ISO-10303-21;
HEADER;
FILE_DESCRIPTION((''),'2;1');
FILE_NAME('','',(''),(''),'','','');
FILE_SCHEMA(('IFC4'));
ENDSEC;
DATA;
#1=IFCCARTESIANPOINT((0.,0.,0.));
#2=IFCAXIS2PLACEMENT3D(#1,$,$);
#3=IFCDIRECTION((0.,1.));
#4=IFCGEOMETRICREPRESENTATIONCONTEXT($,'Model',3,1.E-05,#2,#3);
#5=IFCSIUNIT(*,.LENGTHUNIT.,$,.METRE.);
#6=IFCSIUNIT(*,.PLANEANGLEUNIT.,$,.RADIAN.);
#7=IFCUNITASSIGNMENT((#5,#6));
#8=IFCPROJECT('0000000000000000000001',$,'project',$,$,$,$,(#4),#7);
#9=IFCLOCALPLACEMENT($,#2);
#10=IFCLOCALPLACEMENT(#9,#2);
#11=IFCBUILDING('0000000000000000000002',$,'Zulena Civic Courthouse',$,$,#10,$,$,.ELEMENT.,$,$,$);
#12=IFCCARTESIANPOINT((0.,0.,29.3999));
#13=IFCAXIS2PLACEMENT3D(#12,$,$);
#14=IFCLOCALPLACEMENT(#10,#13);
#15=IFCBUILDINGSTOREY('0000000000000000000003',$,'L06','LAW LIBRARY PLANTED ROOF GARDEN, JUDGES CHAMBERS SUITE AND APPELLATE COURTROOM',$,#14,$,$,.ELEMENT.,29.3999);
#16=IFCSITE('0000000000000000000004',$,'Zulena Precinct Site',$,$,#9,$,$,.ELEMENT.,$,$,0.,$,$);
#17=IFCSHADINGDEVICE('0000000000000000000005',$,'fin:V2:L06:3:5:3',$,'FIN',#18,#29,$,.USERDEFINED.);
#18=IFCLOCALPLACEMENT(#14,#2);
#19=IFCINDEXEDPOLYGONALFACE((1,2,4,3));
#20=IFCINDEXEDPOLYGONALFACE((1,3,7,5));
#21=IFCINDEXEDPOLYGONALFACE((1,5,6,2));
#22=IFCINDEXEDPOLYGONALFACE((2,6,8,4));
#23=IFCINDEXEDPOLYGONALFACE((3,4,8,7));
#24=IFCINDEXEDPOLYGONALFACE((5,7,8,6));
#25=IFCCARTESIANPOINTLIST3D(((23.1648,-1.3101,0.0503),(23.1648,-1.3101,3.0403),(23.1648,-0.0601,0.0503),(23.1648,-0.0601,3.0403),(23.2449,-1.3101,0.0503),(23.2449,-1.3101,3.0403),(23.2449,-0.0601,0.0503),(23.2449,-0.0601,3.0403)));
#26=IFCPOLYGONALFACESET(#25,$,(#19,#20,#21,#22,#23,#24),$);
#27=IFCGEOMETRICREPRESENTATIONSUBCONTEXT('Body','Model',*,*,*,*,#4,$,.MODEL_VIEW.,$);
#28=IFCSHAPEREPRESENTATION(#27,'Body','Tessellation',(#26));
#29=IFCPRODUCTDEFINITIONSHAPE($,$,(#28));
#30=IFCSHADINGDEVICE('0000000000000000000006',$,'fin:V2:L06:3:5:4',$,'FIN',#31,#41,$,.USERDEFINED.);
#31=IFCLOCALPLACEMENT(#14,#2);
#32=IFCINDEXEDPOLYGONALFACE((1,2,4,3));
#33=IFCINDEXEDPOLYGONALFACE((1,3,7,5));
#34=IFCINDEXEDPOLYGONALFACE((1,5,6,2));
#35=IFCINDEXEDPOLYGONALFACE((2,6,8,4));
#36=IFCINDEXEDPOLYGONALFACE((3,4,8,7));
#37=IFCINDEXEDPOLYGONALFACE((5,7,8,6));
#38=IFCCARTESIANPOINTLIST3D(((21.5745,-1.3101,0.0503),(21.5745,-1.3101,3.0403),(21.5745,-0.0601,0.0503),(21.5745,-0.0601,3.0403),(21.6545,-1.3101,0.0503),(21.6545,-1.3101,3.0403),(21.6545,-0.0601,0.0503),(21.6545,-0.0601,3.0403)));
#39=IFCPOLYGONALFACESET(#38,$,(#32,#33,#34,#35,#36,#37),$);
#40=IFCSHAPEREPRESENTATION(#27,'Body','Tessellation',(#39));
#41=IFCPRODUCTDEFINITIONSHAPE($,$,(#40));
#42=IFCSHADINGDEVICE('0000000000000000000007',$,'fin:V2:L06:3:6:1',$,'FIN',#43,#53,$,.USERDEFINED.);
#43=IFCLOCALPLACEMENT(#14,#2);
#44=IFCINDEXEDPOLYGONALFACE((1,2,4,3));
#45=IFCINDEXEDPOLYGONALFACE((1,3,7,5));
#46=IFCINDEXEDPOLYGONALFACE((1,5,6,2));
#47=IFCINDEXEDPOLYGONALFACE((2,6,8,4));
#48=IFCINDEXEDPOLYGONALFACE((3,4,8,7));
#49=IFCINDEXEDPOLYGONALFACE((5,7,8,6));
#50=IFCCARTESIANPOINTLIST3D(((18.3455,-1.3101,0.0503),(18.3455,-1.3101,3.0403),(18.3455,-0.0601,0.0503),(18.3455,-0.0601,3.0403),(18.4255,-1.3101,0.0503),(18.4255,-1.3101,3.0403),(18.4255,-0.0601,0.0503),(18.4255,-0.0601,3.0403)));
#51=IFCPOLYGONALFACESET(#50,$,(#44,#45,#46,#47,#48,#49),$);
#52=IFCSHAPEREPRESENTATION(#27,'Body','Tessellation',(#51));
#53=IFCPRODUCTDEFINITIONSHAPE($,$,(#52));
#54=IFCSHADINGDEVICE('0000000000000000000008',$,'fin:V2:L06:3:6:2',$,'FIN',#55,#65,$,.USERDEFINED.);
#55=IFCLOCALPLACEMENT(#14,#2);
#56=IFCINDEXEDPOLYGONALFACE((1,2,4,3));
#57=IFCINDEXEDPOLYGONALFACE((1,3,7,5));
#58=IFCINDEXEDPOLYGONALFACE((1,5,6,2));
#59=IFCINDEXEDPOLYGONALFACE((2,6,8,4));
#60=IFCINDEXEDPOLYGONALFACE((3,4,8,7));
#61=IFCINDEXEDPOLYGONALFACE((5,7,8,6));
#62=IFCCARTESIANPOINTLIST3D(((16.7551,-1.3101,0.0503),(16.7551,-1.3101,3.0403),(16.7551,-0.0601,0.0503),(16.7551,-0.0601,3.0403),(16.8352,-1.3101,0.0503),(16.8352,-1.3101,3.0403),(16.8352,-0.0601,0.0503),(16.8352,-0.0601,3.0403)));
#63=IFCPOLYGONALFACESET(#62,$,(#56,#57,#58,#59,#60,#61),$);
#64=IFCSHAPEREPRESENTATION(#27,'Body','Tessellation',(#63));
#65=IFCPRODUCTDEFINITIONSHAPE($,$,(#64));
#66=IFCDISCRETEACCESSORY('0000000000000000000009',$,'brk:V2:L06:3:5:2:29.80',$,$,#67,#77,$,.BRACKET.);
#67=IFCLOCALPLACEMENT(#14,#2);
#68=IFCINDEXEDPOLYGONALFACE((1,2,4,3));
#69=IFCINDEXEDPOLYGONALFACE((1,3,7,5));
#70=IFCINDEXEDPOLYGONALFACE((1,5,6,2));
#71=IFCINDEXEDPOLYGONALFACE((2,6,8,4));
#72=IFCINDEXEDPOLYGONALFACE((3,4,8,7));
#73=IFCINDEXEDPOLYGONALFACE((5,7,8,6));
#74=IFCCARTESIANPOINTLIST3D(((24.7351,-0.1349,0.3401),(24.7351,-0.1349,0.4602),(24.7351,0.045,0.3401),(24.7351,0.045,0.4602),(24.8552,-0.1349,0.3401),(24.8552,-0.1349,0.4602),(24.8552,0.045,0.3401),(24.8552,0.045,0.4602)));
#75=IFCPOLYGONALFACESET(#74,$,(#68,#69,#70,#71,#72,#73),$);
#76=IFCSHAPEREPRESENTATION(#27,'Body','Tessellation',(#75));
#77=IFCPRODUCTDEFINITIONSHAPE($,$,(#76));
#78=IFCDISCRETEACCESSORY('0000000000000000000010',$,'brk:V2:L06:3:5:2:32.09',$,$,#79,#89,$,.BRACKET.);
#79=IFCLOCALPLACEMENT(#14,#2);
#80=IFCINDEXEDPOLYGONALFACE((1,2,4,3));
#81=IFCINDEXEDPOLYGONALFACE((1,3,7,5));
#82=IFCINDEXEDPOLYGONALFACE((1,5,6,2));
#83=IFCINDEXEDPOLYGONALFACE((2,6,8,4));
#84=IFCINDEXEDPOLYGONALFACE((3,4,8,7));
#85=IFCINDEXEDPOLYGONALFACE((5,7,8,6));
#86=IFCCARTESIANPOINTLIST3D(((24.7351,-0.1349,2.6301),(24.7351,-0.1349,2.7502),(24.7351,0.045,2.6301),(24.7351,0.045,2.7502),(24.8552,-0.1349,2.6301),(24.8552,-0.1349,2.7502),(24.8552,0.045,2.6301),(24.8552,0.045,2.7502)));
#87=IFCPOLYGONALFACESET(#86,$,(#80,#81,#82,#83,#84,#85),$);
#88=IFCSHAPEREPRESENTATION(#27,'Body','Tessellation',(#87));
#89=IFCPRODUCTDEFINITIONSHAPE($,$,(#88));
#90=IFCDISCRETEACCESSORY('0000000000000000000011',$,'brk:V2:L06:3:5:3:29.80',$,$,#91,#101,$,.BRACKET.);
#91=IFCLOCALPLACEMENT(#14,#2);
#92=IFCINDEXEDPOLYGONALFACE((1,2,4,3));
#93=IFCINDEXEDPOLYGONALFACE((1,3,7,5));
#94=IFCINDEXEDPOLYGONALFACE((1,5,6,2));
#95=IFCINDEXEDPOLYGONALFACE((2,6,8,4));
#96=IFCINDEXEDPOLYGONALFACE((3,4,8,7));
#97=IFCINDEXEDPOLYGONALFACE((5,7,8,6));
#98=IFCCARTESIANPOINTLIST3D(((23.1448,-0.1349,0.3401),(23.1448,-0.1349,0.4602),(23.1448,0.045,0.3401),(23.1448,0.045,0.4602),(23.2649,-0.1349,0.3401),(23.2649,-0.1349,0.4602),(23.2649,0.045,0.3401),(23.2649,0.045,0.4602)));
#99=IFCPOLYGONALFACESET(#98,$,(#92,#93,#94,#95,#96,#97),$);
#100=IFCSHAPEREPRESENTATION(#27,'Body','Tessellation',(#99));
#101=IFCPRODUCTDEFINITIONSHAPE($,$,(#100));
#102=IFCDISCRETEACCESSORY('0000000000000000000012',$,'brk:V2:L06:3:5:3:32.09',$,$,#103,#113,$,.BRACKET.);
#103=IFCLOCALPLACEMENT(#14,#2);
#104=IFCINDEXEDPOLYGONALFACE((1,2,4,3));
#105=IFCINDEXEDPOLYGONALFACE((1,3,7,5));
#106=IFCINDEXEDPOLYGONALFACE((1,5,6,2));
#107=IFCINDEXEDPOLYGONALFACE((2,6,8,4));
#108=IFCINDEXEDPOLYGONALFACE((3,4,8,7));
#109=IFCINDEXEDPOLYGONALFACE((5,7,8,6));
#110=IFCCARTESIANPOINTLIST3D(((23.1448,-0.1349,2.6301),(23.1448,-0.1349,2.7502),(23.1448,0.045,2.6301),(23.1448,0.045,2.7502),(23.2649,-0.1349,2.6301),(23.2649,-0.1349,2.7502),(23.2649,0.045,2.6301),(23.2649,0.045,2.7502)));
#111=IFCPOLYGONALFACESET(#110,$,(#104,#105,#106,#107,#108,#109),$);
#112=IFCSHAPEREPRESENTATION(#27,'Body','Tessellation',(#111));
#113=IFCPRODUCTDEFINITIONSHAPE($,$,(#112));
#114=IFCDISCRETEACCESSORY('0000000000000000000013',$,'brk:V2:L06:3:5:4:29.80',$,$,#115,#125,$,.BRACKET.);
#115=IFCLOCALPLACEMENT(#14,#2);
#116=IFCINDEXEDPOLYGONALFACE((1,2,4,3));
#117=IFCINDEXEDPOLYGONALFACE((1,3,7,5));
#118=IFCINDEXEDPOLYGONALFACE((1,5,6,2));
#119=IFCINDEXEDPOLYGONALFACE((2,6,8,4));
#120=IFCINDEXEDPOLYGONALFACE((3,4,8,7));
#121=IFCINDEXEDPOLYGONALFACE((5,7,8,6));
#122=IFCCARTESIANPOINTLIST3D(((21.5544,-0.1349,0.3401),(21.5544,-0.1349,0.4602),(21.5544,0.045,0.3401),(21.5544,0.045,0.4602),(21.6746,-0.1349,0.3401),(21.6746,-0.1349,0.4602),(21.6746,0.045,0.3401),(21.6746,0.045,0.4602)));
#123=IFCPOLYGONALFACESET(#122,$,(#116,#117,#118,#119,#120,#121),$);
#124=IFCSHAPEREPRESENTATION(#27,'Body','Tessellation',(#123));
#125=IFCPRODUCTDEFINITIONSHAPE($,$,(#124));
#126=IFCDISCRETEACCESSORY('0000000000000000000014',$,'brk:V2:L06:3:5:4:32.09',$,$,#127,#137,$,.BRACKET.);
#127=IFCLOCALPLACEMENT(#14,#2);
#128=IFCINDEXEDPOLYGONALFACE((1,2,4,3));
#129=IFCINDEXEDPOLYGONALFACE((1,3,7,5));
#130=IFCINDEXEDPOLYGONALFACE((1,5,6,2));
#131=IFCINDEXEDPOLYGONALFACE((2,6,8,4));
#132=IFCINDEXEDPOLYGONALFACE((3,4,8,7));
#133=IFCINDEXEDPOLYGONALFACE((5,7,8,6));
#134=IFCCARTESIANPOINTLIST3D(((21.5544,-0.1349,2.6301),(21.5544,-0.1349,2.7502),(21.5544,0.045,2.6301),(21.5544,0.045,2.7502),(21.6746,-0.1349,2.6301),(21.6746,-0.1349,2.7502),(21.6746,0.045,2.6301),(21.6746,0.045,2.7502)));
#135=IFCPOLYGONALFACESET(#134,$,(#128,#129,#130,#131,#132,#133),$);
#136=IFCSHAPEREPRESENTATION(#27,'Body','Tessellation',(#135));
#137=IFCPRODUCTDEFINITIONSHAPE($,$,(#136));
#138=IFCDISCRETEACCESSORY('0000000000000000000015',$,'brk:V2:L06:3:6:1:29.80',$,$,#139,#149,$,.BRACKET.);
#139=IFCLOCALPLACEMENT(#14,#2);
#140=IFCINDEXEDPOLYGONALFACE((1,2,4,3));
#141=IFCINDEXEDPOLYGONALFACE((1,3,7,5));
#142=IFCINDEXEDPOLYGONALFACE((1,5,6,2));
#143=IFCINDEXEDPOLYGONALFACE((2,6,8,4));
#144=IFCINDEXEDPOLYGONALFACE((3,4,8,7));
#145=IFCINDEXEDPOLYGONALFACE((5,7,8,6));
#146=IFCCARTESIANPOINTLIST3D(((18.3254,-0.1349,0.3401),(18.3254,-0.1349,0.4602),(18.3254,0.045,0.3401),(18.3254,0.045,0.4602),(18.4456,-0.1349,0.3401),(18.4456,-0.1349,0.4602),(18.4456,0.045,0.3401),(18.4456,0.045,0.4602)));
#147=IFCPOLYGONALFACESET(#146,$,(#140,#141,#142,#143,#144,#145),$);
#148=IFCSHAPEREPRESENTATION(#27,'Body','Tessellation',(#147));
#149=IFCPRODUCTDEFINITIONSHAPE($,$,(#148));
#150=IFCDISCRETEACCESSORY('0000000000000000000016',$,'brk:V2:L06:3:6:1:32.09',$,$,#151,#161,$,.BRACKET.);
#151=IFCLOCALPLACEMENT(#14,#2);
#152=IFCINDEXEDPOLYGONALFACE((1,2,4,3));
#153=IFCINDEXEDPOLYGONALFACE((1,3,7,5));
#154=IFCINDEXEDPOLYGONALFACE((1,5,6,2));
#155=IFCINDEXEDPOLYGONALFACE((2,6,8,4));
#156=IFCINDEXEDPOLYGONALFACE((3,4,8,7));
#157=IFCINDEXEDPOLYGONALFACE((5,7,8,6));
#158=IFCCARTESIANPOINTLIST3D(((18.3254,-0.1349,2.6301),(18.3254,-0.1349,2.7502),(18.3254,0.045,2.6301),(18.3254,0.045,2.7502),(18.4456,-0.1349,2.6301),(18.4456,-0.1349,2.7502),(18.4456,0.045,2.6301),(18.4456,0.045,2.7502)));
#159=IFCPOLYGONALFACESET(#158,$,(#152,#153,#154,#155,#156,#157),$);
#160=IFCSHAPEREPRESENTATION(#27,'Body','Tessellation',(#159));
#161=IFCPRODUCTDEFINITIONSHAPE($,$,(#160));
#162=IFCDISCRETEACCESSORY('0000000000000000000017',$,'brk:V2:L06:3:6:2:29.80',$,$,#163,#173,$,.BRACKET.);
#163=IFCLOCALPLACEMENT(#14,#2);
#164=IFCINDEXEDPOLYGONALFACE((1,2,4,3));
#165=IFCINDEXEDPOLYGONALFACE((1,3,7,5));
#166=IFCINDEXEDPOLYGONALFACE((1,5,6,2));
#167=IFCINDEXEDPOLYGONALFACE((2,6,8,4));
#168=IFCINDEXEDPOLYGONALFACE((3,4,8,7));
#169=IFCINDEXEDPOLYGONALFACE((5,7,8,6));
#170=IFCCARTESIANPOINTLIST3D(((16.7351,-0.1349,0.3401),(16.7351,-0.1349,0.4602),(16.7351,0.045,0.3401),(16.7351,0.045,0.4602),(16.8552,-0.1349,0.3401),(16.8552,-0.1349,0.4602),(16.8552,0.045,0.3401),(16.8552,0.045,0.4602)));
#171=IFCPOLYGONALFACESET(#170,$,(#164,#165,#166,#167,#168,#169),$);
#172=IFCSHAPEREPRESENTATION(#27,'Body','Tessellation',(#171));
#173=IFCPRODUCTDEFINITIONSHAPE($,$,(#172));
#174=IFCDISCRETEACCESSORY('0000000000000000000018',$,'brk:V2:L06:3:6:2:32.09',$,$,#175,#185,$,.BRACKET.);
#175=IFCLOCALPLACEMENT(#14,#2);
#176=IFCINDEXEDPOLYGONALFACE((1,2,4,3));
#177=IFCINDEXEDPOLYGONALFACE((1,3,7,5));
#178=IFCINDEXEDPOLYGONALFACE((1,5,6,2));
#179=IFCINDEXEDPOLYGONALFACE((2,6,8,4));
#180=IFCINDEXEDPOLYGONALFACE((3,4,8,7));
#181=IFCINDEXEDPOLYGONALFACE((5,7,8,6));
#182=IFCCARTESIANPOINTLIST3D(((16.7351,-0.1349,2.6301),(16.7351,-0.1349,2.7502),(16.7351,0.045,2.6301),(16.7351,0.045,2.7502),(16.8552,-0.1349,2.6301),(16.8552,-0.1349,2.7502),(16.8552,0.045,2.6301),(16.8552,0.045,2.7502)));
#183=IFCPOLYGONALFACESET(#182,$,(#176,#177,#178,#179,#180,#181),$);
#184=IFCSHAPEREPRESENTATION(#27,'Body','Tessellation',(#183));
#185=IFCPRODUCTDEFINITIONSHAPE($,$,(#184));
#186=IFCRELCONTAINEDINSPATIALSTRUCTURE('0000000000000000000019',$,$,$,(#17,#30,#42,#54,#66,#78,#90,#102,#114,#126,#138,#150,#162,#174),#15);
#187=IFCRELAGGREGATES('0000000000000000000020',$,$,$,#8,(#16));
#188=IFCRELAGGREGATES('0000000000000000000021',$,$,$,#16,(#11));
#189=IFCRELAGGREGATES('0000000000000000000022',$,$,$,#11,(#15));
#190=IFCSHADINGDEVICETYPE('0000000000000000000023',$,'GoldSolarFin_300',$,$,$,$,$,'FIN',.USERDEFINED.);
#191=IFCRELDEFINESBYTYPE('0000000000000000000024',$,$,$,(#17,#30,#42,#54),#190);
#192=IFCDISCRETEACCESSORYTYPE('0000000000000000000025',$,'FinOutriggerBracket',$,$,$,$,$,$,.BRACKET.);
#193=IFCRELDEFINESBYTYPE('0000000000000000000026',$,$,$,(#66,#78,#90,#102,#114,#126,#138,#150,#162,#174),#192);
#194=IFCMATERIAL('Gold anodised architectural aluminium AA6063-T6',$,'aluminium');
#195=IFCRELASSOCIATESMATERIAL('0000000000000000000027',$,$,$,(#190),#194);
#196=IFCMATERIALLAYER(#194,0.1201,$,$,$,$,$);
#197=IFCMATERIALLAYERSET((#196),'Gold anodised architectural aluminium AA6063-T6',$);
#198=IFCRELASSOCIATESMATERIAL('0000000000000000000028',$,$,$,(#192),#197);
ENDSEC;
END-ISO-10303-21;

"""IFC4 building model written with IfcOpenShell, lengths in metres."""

from ifc_helpers import new_model, si_unit, direction, frame, origin, origin_2d, place, context, subcontext, project, spatial, rectangle, extrude, material, layer, layer_set, type_object, element, save


model = new_model("IFC4")

# Units and contexts
model_context = context("Model", 3, precision=1e-05, world=origin(), true_north=direction((0.0, 1.0)))
body_context = subcontext(model_context, "Body", "Model", "MODEL_VIEW")
ifc_project = project(units=[si_unit("LENGTHUNIT", "METRE"), si_unit("PLANEANGLEUNIT", "RADIAN")], contexts=[model_context])

# Site, building, storey
site_placement = place(None, origin())
site = spatial("IfcSite", under=ifc_project, at=site_placement, Name="Zulena Precinct Site", CompositionType="ELEMENT", RefElevation=0.0)
building_placement = place(site_placement, origin())
building = spatial("IfcBuilding", under=site, at=building_placement, Name="Zulena Civic Courthouse", CompositionType="ELEMENT")
storey_placement = place(building_placement, frame((0.0, 0.0, 29.3999)))
storey = spatial("IfcBuildingStorey", under=building, at=storey_placement, Name="L06", Description="LAW LIBRARY PLANTED ROOF GARDEN, JUDGES CHAMBERS SUITE AND APPELLATE COURTROOM", CompositionType="ELEMENT", Elevation=29.3999)

# Shading devices
ifc_material_1 = material(Name="Gold anodised architectural aluminium AA6063-T6", Category="aluminium")
shading_device_type = type_object("IfcShadingDeviceType", Name="GoldSolarFin_300", ElementType="FIN", PredefinedType="USERDEFINED", material=ifc_material_1)
for number, where, z_axis, x_axis, name in (
    (1, (23.2048, -0.6851, 0.0503), (0.0, 0.0, 1.0), (0.0, -1.0, 0.0), "fin:V2:L06:3:5:3"),
    (2, (21.6145, -0.6851, 0.0503), (0.0, 0.0, 1.0), (0.0, -1.0, 0.0), "fin:V2:L06:3:5:4"),
    (3, (18.3855, -0.6851, 0.0503), (0.0, 0.0, 1.0), (0.0, -1.0, 0.0), "fin:V2:L06:3:6:1"),
    (4, (16.7952, -0.6851, 0.0503), (0.0, 0.0, 1.0), (0.0, -1.0, 0.0), "fin:V2:L06:3:6:2"),
):
    element("IfcShadingDevice", number, at=place(storey_placement, frame(where, z_axis=z_axis, x_axis=x_axis)), inside=storey, type_object=shading_device_type, Name=name, ObjectType="FIN", PredefinedType="USERDEFINED", context=body_context, shape_type="SweptSolid", body=[
        extrude(rectangle(XDim=1.25, YDim=0.0801, at=origin_2d()), origin(), (0.0, 0.0, 1.0), 2.99),
    ])

# Discrete accessories
ifc_layer_1 = layer(ifc_material_1, 0.1201)
ifc_layer_set_1 = layer_set([ifc_layer_1], Name="Gold anodised architectural aluminium AA6063-T6")
discrete_accessory_type = type_object("IfcDiscreteAccessoryType", Name="FinOutriggerBracket", PredefinedType="BRACKET", material=ifc_layer_set_1)
for number, where, z_axis, x_axis, name in (
    (5, (24.7952, -0.0449, 0.3401), (0.0, 0.0, 1.0), (0.0, -1.0, 0.0), "brk:V2:L06:3:5:2:29.80"),
    (6, (24.7952, -0.0449, 2.6301), (0.0, 0.0, 1.0), (0.0, -1.0, 0.0), "brk:V2:L06:3:5:2:32.09"),
    (7, (23.2048, -0.0449, 0.3401), (0.0, 0.0, 1.0), (0.0, -1.0, 0.0), "brk:V2:L06:3:5:3:29.80"),
    (8, (23.2048, -0.0449, 2.6301), (0.0, 0.0, 1.0), (0.0, -1.0, 0.0), "brk:V2:L06:3:5:3:32.09"),
    (9, (21.6145, -0.0449, 0.3401), (0.0, 0.0, 1.0), (0.0, -1.0, 0.0), "brk:V2:L06:3:5:4:29.80"),
    (10, (21.6145, -0.0449, 2.6301), (0.0, 0.0, 1.0), (0.0, -1.0, 0.0), "brk:V2:L06:3:5:4:32.09"),
    (11, (18.3855, -0.0449, 0.3401), (0.0, 0.0, 1.0), (0.0, -1.0, 0.0), "brk:V2:L06:3:6:1:29.80"),
    (12, (18.3855, -0.0449, 2.6301), (0.0, 0.0, 1.0), (0.0, -1.0, 0.0), "brk:V2:L06:3:6:1:32.09"),
    (13, (16.7952, -0.0449, 0.3401), (0.0, 0.0, 1.0), (0.0, -1.0, 0.0), "brk:V2:L06:3:6:2:29.80"),
    (14, (16.7952, -0.0449, 2.6301), (0.0, 0.0, 1.0), (0.0, -1.0, 0.0), "brk:V2:L06:3:6:2:32.09"),
):
    element("IfcDiscreteAccessory", number, at=place(storey_placement, frame(where, z_axis=z_axis, x_axis=x_axis)), inside=storey, type_object=discrete_accessory_type, Name=name, PredefinedType="BRACKET", context=body_context, shape_type="SweptSolid", body=[
        extrude(rectangle(XDim=0.1799, YDim=0.1201, at=origin_2d()), origin(), (0.0, 0.0, 1.0), 0.1201),
    ])

save(model, "model.ifc")
